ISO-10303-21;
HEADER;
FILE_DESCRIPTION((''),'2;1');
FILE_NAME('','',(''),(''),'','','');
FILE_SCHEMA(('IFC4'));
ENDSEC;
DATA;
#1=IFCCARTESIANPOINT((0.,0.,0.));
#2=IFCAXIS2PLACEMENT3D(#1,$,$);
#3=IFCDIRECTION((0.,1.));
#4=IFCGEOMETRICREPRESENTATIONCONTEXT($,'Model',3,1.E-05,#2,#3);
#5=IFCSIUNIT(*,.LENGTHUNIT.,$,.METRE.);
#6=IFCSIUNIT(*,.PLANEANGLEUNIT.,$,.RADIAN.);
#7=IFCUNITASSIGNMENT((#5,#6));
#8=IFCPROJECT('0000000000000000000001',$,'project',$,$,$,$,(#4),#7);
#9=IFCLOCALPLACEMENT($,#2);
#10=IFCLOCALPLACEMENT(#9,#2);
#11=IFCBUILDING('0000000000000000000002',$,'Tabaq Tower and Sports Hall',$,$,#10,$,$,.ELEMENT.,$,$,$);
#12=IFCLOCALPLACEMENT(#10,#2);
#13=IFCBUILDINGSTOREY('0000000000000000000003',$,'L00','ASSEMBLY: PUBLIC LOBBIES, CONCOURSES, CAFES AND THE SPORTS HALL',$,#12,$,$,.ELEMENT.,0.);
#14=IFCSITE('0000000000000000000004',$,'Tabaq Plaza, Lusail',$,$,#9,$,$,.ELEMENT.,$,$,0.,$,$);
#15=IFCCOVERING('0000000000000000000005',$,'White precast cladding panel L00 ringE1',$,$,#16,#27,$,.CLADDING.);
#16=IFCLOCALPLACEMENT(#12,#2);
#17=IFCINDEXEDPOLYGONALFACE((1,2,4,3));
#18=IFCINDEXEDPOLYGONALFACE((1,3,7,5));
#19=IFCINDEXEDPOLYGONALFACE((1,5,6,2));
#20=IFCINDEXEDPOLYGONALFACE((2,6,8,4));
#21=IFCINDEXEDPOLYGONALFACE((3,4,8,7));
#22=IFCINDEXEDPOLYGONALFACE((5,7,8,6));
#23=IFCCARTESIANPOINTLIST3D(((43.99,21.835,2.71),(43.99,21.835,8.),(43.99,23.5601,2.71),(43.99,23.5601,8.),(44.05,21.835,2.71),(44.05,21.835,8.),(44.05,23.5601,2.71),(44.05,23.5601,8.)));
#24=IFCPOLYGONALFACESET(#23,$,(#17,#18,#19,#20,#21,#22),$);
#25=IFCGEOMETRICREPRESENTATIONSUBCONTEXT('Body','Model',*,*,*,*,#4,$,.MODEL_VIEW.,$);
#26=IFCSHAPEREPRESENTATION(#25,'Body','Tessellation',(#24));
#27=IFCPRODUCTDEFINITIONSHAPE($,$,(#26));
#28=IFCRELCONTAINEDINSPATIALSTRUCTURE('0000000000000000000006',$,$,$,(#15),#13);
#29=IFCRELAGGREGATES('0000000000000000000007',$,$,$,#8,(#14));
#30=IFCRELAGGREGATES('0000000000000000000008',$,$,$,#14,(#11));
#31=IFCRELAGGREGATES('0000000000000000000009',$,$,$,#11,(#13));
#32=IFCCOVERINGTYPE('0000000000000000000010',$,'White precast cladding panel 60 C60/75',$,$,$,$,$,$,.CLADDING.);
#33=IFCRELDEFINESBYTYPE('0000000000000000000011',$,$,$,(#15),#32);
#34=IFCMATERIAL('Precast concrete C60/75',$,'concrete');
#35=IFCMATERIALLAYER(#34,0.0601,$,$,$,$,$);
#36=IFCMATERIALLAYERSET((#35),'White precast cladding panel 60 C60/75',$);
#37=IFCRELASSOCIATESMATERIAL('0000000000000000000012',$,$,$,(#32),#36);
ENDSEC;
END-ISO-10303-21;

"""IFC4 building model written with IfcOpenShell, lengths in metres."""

from ifc_helpers import new_model, si_unit, direction, frame, frame_2d, origin, place, context, subcontext, project, spatial, rectangle, extrude, material, layer, layer_set, type_object, element, save


model = new_model("IFC4")

# Units and contexts
model_context = context("Model", 3, precision=1e-05, world=origin(), true_north=direction((0.0, 1.0)))
body_context = subcontext(model_context, "Body", "Model", "MODEL_VIEW")
ifc_project = project(units=[si_unit("LENGTHUNIT", "METRE"), si_unit("PLANEANGLEUNIT", "RADIAN")], contexts=[model_context])

# Site, building, storey
site_placement = place(None, origin())
site = spatial("IfcSite", under=ifc_project, at=site_placement, Name="Tabaq Plaza, Lusail", CompositionType="ELEMENT", RefElevation=0.0)
building_placement = place(site_placement, origin())
building = spatial("IfcBuilding", under=site, at=building_placement, Name="Tabaq Tower and Sports Hall", CompositionType="ELEMENT")
storey_placement = place(building_placement, origin())
storey = spatial("IfcBuildingStorey", under=building, at=storey_placement, Name="L00", Description="ASSEMBLY: PUBLIC LOBBIES, CONCOURSES, CAFES AND THE SPORTS HALL", CompositionType="ELEMENT", Elevation=0.0)

# Covering
ifc_material_1 = material(Name="Precast concrete C60/75", Category="concrete")
ifc_layer_1 = layer(ifc_material_1, 0.0601)
ifc_layer_set_1 = layer_set([ifc_layer_1], Name="White precast cladding panel 60 C60/75")
covering_type = type_object("IfcCoveringType", Name="White precast cladding panel 60 C60/75", PredefinedType="CLADDING", material=ifc_layer_set_1)
covering_placement = place(storey_placement, frame((44.02, 23.5601, 2.71), z_axis=(0.0, 0.0, 1.0), x_axis=(0.0, -1.0, 0.0)))
element("IfcCovering", 1, at=covering_placement, inside=storey, type_object=covering_type, Name="White precast cladding panel L00 ringE1", PredefinedType="CLADDING", context=body_context, shape_type="SweptSolid", body=[
    extrude(rectangle(XDim=1.7251, YDim=0.0601, at=frame_2d((0.8625, 0.0))), origin(), (0.0, 0.0, 1.0), 5.29),
])

save(model, "model.ifc")
